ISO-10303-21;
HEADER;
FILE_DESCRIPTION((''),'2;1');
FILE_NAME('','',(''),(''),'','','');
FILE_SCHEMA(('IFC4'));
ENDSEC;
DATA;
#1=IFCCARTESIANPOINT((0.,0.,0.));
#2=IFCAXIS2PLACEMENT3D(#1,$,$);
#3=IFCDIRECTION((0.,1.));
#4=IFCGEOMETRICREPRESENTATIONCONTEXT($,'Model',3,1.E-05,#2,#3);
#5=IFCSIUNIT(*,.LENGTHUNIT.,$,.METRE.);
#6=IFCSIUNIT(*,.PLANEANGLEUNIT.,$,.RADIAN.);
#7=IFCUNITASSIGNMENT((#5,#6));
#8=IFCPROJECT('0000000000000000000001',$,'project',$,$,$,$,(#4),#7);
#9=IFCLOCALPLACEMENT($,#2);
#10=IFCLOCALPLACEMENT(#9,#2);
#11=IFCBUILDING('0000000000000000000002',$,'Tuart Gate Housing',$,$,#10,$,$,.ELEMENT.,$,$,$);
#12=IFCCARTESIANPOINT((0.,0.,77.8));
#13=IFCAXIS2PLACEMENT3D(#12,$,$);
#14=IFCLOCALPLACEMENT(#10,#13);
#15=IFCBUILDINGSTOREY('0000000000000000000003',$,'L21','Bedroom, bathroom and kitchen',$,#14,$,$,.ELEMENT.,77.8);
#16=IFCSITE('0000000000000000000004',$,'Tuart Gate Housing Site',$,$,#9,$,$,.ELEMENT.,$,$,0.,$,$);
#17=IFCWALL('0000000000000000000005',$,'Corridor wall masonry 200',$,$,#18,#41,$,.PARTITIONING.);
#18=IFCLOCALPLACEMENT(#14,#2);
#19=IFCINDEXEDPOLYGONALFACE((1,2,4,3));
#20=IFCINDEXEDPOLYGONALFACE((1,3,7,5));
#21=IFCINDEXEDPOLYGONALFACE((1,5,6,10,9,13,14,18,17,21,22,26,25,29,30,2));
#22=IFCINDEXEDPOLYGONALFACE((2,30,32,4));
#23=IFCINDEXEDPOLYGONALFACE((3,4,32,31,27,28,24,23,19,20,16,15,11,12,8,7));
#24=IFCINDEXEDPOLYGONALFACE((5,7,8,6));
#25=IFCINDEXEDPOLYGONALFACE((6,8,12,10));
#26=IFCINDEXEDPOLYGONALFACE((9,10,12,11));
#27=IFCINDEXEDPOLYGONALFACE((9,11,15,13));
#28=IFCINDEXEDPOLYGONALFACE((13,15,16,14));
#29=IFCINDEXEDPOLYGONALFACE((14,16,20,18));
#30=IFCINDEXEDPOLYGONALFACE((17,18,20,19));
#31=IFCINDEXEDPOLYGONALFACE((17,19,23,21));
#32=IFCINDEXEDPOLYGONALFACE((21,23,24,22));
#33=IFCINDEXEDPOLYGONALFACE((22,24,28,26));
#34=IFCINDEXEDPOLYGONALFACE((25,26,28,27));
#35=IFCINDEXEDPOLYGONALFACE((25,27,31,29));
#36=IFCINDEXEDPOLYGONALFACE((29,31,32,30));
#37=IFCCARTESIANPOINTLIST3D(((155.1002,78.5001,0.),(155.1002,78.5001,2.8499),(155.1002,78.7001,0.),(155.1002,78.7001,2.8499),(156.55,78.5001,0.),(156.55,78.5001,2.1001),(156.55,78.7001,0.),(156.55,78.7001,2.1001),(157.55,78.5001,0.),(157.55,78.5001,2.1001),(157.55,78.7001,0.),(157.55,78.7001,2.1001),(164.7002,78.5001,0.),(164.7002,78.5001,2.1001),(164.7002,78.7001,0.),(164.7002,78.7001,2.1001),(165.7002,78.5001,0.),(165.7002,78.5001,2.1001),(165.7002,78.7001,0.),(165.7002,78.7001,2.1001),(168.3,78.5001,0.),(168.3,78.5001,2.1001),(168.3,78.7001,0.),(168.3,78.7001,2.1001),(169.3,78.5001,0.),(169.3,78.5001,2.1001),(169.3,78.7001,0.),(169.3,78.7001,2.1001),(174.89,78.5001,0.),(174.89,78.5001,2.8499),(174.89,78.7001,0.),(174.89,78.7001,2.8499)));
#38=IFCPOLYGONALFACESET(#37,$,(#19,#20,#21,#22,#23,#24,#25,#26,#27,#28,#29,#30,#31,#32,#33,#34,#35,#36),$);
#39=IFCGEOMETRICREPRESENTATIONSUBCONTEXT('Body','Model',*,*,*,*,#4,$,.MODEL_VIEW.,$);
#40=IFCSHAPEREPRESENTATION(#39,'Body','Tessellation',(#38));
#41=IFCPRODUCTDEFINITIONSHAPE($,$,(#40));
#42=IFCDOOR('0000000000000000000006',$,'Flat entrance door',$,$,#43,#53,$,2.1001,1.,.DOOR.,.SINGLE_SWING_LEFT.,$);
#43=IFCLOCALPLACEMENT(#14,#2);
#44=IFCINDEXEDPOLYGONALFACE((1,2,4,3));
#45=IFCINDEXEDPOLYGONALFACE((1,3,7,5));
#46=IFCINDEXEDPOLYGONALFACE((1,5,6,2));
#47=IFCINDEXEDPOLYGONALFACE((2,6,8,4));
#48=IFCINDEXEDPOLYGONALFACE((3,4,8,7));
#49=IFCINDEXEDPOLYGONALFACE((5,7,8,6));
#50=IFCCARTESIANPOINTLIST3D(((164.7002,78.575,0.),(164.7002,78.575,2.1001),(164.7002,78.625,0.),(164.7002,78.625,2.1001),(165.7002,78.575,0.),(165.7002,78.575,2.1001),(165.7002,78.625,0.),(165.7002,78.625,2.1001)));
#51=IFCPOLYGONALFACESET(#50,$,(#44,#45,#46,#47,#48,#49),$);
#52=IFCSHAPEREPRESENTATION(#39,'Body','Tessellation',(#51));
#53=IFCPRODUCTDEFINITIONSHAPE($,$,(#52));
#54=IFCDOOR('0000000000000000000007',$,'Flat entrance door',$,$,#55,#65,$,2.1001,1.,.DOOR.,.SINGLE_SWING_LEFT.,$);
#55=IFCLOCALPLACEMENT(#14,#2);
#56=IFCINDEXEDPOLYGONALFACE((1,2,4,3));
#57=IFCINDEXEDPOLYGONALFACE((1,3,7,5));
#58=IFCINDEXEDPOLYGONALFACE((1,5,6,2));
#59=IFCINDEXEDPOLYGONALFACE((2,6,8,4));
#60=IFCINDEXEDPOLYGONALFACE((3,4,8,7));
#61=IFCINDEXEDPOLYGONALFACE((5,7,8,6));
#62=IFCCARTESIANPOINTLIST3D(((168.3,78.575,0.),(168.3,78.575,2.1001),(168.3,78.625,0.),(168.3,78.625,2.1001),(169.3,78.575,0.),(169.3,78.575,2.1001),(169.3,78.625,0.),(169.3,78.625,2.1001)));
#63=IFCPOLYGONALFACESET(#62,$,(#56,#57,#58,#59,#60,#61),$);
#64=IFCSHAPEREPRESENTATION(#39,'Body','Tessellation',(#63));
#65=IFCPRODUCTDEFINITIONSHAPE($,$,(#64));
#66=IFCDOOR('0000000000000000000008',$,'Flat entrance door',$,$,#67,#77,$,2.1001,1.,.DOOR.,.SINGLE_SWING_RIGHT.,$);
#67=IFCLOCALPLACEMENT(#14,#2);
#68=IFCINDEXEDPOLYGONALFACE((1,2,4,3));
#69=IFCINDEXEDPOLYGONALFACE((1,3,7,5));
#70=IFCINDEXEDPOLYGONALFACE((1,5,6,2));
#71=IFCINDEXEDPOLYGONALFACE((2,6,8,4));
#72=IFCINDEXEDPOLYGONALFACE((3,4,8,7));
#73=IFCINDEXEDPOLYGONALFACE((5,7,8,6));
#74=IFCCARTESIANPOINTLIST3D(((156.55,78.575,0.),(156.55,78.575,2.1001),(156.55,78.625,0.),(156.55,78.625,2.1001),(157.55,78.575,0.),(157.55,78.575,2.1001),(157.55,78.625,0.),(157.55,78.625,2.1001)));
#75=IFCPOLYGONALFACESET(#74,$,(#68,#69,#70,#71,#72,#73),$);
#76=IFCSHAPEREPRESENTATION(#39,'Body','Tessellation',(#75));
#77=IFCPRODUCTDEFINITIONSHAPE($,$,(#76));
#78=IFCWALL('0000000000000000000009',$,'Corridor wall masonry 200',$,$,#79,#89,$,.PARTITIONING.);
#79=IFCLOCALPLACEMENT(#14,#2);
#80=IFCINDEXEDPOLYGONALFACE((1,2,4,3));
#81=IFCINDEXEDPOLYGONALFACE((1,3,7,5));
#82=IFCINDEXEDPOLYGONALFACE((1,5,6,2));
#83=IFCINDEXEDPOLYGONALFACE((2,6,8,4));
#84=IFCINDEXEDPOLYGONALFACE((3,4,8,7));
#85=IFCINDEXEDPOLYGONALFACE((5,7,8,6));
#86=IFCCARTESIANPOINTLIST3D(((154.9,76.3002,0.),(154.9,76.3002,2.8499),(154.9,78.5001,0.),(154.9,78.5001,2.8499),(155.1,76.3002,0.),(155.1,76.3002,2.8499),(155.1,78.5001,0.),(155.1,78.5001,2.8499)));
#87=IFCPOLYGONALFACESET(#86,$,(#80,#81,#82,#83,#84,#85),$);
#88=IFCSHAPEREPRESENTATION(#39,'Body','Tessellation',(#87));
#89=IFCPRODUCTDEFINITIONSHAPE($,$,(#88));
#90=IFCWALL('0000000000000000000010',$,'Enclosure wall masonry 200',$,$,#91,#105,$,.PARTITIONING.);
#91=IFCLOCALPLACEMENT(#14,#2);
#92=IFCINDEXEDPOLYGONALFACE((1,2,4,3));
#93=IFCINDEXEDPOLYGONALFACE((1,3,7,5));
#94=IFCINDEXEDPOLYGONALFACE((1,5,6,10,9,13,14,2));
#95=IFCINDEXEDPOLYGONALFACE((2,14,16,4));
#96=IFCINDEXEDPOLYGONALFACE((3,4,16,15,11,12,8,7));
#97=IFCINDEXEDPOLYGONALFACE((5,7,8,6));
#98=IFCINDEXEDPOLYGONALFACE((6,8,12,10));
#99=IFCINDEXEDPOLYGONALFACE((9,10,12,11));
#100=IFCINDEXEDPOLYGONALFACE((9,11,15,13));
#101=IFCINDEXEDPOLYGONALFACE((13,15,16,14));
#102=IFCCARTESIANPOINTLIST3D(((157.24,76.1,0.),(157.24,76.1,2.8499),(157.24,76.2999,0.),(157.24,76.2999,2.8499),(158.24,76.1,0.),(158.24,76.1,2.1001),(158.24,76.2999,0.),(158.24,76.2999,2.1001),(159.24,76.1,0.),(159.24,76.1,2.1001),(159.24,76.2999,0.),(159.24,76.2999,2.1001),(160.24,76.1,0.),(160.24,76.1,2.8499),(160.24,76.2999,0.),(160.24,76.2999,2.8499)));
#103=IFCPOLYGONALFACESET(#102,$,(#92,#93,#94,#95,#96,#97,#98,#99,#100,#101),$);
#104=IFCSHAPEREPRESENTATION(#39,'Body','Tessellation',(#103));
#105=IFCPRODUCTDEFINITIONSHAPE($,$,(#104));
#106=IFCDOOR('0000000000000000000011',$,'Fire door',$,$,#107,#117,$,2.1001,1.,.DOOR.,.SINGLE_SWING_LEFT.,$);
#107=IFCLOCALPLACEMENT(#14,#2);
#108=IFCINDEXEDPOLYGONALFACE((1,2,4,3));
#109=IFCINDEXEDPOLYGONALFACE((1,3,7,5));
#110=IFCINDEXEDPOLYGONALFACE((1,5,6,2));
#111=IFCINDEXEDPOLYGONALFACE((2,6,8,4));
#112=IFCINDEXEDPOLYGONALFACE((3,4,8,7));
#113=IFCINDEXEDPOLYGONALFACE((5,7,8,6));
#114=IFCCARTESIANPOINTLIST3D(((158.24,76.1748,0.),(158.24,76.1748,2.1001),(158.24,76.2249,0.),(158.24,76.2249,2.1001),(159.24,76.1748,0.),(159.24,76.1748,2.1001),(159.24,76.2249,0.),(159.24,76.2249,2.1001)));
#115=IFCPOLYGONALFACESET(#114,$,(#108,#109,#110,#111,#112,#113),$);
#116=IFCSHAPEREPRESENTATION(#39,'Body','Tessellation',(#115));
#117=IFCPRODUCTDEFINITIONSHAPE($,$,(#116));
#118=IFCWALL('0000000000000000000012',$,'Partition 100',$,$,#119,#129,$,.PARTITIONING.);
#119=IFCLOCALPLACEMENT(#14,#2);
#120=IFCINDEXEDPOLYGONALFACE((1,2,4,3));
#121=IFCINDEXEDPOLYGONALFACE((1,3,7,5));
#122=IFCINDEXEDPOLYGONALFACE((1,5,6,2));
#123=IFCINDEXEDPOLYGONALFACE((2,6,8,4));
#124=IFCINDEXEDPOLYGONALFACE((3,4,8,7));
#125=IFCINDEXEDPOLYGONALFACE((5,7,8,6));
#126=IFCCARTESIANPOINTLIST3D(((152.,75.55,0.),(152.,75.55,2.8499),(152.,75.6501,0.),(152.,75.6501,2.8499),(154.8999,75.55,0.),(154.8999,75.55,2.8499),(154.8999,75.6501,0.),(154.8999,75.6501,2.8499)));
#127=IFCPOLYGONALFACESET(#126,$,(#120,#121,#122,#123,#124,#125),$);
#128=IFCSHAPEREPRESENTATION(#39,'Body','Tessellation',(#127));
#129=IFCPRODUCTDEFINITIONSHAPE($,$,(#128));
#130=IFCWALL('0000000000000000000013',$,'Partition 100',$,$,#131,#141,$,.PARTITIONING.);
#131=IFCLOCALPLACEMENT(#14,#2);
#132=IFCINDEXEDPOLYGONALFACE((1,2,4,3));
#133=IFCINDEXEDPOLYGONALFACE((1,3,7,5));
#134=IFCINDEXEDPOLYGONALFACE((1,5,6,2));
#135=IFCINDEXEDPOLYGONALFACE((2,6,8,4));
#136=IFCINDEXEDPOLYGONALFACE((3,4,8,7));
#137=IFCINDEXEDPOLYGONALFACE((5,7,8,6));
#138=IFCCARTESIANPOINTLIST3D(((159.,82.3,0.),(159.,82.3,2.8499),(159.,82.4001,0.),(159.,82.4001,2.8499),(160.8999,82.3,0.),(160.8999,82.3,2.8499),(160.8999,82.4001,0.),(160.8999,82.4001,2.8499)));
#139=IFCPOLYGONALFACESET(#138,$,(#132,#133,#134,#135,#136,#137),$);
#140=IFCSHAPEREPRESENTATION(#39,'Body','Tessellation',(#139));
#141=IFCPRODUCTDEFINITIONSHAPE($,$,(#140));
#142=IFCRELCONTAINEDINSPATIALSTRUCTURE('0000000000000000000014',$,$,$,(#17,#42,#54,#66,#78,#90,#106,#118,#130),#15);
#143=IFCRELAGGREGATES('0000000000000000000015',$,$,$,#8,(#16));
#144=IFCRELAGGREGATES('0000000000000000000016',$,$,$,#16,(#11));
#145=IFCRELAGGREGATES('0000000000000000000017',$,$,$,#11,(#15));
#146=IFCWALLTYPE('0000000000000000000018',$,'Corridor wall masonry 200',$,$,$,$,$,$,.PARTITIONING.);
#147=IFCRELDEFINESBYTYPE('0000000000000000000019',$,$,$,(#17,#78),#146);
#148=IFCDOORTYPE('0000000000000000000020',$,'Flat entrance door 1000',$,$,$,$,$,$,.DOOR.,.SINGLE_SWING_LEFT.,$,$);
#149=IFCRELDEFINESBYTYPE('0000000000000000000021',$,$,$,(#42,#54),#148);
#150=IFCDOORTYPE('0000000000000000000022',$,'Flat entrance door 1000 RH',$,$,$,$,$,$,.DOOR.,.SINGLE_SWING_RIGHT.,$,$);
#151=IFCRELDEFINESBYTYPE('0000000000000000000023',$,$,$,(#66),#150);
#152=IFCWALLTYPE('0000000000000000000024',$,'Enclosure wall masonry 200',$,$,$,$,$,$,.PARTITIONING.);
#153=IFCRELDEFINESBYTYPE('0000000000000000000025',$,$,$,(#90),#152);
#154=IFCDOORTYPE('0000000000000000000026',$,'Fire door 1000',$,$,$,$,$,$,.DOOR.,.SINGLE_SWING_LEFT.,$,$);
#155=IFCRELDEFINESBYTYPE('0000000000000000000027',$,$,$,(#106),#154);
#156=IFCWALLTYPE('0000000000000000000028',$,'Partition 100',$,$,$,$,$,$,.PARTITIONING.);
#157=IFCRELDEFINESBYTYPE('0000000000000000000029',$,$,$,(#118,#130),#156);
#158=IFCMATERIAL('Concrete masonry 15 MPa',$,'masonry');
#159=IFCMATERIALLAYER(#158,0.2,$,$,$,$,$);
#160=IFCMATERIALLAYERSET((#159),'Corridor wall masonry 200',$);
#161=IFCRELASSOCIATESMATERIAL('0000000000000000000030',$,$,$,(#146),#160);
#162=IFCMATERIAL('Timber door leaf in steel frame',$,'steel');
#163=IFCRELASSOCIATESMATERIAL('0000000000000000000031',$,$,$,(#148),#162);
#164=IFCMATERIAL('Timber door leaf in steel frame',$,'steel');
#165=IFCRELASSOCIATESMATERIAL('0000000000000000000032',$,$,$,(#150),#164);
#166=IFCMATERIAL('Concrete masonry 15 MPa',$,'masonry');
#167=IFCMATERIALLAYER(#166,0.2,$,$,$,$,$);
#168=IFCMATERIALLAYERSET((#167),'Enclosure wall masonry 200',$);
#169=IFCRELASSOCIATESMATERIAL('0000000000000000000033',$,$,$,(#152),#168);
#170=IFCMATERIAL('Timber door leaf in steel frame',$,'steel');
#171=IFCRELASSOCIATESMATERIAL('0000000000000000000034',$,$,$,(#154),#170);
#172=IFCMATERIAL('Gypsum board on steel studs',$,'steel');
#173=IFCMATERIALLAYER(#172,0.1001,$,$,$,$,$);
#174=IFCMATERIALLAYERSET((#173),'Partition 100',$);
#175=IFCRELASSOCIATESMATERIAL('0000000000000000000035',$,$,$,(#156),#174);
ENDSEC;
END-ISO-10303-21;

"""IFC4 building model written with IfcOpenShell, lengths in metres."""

from ifc_helpers import new_model, si_unit, direction, frame, frame_2d, origin, place, context, subcontext, project, spatial, rectangle, extrude, material, layer, layer_set, type_object, element, fill, save


model = new_model("IFC4")

# Units and contexts
model_context = context("Model", 3, precision=1e-05, world=origin(), true_north=direction((0.0, 1.0)))
body_context = subcontext(model_context, "Body", "Model", "MODEL_VIEW")
ifc_project = project(units=[si_unit("LENGTHUNIT", "METRE"), si_unit("PLANEANGLEUNIT", "RADIAN")], contexts=[model_context])

# Site, building, storey
site_placement = place(None, origin())
site = spatial("IfcSite", under=ifc_project, at=site_placement, Name="Tuart Gate Housing Site", CompositionType="ELEMENT", RefElevation=0.0)
building_placement = place(site_placement, origin())
building = spatial("IfcBuilding", under=site, at=building_placement, Name="Tuart Gate Housing", CompositionType="ELEMENT")
storey_placement = place(building_placement, frame((0.0, 0.0, 77.8)))
storey = spatial("IfcBuildingStorey", under=building, at=storey_placement, Name="L21", Description="Bedroom, bathroom and kitchen", CompositionType="ELEMENT", Elevation=77.8)

# Shared definitions
ifc_material_1 = material(Name="Concrete masonry 15 MPa", Category="masonry")
ifc_layer_1 = layer(ifc_material_1, 0.2)
ifc_layer_set_1 = layer_set([ifc_layer_1], Name="Corridor wall masonry 200")
wall_type_1 = type_object("IfcWallType", Name="Corridor wall masonry 200", PredefinedType="PARTITIONING", material=ifc_layer_set_1)

# Wall, openings, doors
wall_1_placement = place(storey_placement, frame((155.1001, 78.6001, 0.0), z_axis=(0.0, 0.0, 1.0), x_axis=(1.0, 0.0, 0.0)))
wall_1 = element("IfcWall", 1, at=wall_1_placement, inside=storey, type_object=wall_type_1, Name="Corridor wall masonry 200", PredefinedType="PARTITIONING", context=body_context, shape_type="SweptSolid", body=[
    extrude(rectangle(XDim=19.7898, YDim=0.2, at=frame_2d((9.895, 0.0))), origin(), (0.0, 0.0, 1.0), 2.8499),
])
opening_1_placement = place(wall_1_placement, frame((1.45, 0.0, 0.0)))
opening_1 = element("IfcOpeningElement", 2, at=opening_1_placement, cuts=wall_1, PredefinedType="OPENING", context=body_context, shape_type="SweptSolid", body=[
    extrude(rectangle(XDim=1.0, YDim=2.1001, at=frame_2d((0.5, 1.05))), frame((0.0, 0.1099, 0.0), z_axis=(0.0, -1.0, 0.0), x_axis=(1.0, 0.0, 0.0)), (0.0, 0.0, 1.0), 0.22),
])
opening_2_placement = place(wall_1_placement, frame((9.6001, 0.0, 0.0)))
opening_2 = element("IfcOpeningElement", 3, at=opening_2_placement, cuts=wall_1, PredefinedType="OPENING", context=body_context, shape_type="SweptSolid", body=[
    extrude(rectangle(XDim=1.0, YDim=2.1001, at=frame_2d((0.5, 1.05))), frame((0.0, 0.1099, 0.0), z_axis=(0.0, -1.0, 0.0), x_axis=(1.0, 0.0, 0.0)), (0.0, 0.0, 1.0), 0.22),
])
opening_3_placement = place(wall_1_placement, frame((13.2, 0.0, 0.0)))
opening_3 = element("IfcOpeningElement", 4, at=opening_3_placement, cuts=wall_1, PredefinedType="OPENING", context=body_context, shape_type="SweptSolid", body=[
    extrude(rectangle(XDim=1.0, YDim=2.1001, at=frame_2d((0.5, 1.05))), frame((0.0, 0.1099, 0.0), z_axis=(0.0, -1.0, 0.0), x_axis=(1.0, 0.0, 0.0)), (0.0, 0.0, 1.0), 0.22),
])
ifc_material_2 = material(Name="Timber door leaf in steel frame", Category="steel")
door_type_1 = type_object("IfcDoorType", Name="Flat entrance door 1000", OperationType="SINGLE_SWING_LEFT", PredefinedType="DOOR", material=ifc_material_2)
door_1_placement = place(opening_2_placement, origin())
door_1 = element("IfcDoor", 5, at=door_1_placement, inside=storey, type_object=door_type_1, Name="Flat entrance door", OperationType="SINGLE_SWING_LEFT", OverallHeight=2.1001, OverallWidth=1.0, PredefinedType="DOOR", context=body_context, shape_type="SweptSolid", body=[
    extrude(rectangle(XDim=1.0, YDim=2.1001, at=frame_2d((0.5, 1.05))), frame((0.0, 0.0249, 0.0), z_axis=(0.0, -1.0, 0.0), x_axis=(1.0, 0.0, 0.0)), (0.0, 0.0, 1.0), 0.05),
])
fill(opening_2, door_1)
door_2_placement = place(opening_3_placement, origin())
door_2 = element("IfcDoor", 6, at=door_2_placement, inside=storey, type_object=door_type_1, Name="Flat entrance door", OperationType="SINGLE_SWING_LEFT", OverallHeight=2.1001, OverallWidth=1.0, PredefinedType="DOOR", context=body_context, shape_type="SweptSolid", body=[
    extrude(rectangle(XDim=1.0, YDim=2.1001, at=frame_2d((0.5, 1.05))), frame((0.0, 0.0249, 0.0), z_axis=(0.0, -1.0, 0.0), x_axis=(1.0, 0.0, 0.0)), (0.0, 0.0, 1.0), 0.05),
])
fill(opening_3, door_2)
ifc_material_3 = material(Name="Timber door leaf in steel frame", Category="steel")
door_type_2 = type_object("IfcDoorType", Name="Flat entrance door 1000 RH", OperationType="SINGLE_SWING_RIGHT", PredefinedType="DOOR", material=ifc_material_3)
door_3_placement = place(opening_1_placement, origin())
door_3 = element("IfcDoor", 7, at=door_3_placement, inside=storey, type_object=door_type_2, Name="Flat entrance door", OperationType="SINGLE_SWING_RIGHT", OverallHeight=2.1001, OverallWidth=1.0, PredefinedType="DOOR", context=body_context, shape_type="SweptSolid", body=[
    extrude(rectangle(XDim=1.0, YDim=2.1001, at=frame_2d((0.5, 1.05))), frame((0.0, 0.0249, 0.0), z_axis=(0.0, -1.0, 0.0), x_axis=(1.0, 0.0, 0.0)), (0.0, 0.0, 1.0), 0.05),
])
fill(opening_1, door_3)

# Wall
wall_2_placement = place(storey_placement, frame((155.0, 76.3, 0.0), z_axis=(0.0, 0.0, 1.0), x_axis=(0.0, 1.0, 0.0)))
element("IfcWall", 8, at=wall_2_placement, inside=storey, type_object=wall_type_1, Name="Corridor wall masonry 200", PredefinedType="PARTITIONING", context=body_context, shape_type="SweptSolid", body=[
    extrude(rectangle(XDim=2.2, YDim=0.2, at=frame_2d((1.1001, 0.0))), origin(), (0.0, 0.0, 1.0), 2.8499),
])

# Wall, opening, door
ifc_material_4 = material(Name="Concrete masonry 15 MPa", Category="masonry")
ifc_layer_2 = layer(ifc_material_4, 0.2)
ifc_layer_set_2 = layer_set([ifc_layer_2], Name="Enclosure wall masonry 200")
wall_type_2 = type_object("IfcWallType", Name="Enclosure wall masonry 200", PredefinedType="PARTITIONING", material=ifc_layer_set_2)
wall_3_placement = place(storey_placement, frame((157.24, 76.2, 0.0), z_axis=(0.0, 0.0, 1.0), x_axis=(1.0, 0.0, 0.0)))
wall_3 = element("IfcWall", 9, at=wall_3_placement, inside=storey, type_object=wall_type_2, Name="Enclosure wall masonry 200", PredefinedType="PARTITIONING", context=body_context, shape_type="SweptSolid", body=[
    extrude(rectangle(XDim=3.0, YDim=0.2, at=frame_2d((1.5, 0.0))), origin(), (0.0, 0.0, 1.0), 2.8499),
])
opening_4_placement = place(wall_3_placement, frame((1.0, 0.0, 0.0)))
opening_4 = element("IfcOpeningElement", 10, at=opening_4_placement, cuts=wall_3, PredefinedType="OPENING", context=body_context, shape_type="SweptSolid", body=[
    extrude(rectangle(XDim=1.0, YDim=2.1001, at=frame_2d((0.5, 1.05))), frame((0.0, 0.1099, 0.0), z_axis=(0.0, -1.0, 0.0), x_axis=(1.0, 0.0, 0.0)), (0.0, 0.0, 1.0), 0.22),
])
ifc_material_5 = material(Name="Timber door leaf in steel frame", Category="steel")
door_type_3 = type_object("IfcDoorType", Name="Fire door 1000", OperationType="SINGLE_SWING_LEFT", PredefinedType="DOOR", material=ifc_material_5)
door_4_placement = place(opening_4_placement, origin())
door_4 = element("IfcDoor", 11, at=door_4_placement, inside=storey, type_object=door_type_3, Name="Fire door", OperationType="SINGLE_SWING_LEFT", OverallHeight=2.1001, OverallWidth=1.0, PredefinedType="DOOR", context=body_context, shape_type="SweptSolid", body=[
    extrude(rectangle(XDim=1.0, YDim=2.1001, at=frame_2d((0.5, 1.05))), frame((0.0, 0.0249, 0.0), z_axis=(0.0, -1.0, 0.0), x_axis=(1.0, 0.0, 0.0)), (0.0, 0.0, 1.0), 0.05),
])
fill(opening_4, door_4)

# Walls
ifc_material_6 = material(Name="Gypsum board on steel studs", Category="steel")
ifc_layer_3 = layer(ifc_material_6, 0.1001)
ifc_layer_set_3 = layer_set([ifc_layer_3], Name="Partition 100")
wall_type_3 = type_object("IfcWallType", Name="Partition 100", PredefinedType="PARTITIONING", material=ifc_layer_set_3)
wall_4_placement = place(storey_placement, frame((152.0, 75.6001, 0.0), z_axis=(0.0, 0.0, 1.0), x_axis=(1.0, 0.0, 0.0)))
element("IfcWall", 12, at=wall_4_placement, inside=storey, type_object=wall_type_3, Name="Partition 100", PredefinedType="PARTITIONING", context=body_context, shape_type="SweptSolid", body=[
    extrude(rectangle(XDim=2.8999, YDim=0.1001, at=frame_2d((1.45, 0.0))), origin(), (0.0, 0.0, 1.0), 2.8499),
])
wall_5_placement = place(storey_placement, frame((159.0, 82.3501, 0.0), z_axis=(0.0, 0.0, 1.0), x_axis=(1.0, 0.0, 0.0)))
element("IfcWall", 13, at=wall_5_placement, inside=storey, type_object=wall_type_3, Name="Partition 100", PredefinedType="PARTITIONING", context=body_context, shape_type="SweptSolid", body=[
    extrude(rectangle(XDim=1.8999, YDim=0.1001, at=frame_2d((0.95, 0.0))), origin(), (0.0, 0.0, 1.0), 2.8499),
])

save(model, "model.ifc")
